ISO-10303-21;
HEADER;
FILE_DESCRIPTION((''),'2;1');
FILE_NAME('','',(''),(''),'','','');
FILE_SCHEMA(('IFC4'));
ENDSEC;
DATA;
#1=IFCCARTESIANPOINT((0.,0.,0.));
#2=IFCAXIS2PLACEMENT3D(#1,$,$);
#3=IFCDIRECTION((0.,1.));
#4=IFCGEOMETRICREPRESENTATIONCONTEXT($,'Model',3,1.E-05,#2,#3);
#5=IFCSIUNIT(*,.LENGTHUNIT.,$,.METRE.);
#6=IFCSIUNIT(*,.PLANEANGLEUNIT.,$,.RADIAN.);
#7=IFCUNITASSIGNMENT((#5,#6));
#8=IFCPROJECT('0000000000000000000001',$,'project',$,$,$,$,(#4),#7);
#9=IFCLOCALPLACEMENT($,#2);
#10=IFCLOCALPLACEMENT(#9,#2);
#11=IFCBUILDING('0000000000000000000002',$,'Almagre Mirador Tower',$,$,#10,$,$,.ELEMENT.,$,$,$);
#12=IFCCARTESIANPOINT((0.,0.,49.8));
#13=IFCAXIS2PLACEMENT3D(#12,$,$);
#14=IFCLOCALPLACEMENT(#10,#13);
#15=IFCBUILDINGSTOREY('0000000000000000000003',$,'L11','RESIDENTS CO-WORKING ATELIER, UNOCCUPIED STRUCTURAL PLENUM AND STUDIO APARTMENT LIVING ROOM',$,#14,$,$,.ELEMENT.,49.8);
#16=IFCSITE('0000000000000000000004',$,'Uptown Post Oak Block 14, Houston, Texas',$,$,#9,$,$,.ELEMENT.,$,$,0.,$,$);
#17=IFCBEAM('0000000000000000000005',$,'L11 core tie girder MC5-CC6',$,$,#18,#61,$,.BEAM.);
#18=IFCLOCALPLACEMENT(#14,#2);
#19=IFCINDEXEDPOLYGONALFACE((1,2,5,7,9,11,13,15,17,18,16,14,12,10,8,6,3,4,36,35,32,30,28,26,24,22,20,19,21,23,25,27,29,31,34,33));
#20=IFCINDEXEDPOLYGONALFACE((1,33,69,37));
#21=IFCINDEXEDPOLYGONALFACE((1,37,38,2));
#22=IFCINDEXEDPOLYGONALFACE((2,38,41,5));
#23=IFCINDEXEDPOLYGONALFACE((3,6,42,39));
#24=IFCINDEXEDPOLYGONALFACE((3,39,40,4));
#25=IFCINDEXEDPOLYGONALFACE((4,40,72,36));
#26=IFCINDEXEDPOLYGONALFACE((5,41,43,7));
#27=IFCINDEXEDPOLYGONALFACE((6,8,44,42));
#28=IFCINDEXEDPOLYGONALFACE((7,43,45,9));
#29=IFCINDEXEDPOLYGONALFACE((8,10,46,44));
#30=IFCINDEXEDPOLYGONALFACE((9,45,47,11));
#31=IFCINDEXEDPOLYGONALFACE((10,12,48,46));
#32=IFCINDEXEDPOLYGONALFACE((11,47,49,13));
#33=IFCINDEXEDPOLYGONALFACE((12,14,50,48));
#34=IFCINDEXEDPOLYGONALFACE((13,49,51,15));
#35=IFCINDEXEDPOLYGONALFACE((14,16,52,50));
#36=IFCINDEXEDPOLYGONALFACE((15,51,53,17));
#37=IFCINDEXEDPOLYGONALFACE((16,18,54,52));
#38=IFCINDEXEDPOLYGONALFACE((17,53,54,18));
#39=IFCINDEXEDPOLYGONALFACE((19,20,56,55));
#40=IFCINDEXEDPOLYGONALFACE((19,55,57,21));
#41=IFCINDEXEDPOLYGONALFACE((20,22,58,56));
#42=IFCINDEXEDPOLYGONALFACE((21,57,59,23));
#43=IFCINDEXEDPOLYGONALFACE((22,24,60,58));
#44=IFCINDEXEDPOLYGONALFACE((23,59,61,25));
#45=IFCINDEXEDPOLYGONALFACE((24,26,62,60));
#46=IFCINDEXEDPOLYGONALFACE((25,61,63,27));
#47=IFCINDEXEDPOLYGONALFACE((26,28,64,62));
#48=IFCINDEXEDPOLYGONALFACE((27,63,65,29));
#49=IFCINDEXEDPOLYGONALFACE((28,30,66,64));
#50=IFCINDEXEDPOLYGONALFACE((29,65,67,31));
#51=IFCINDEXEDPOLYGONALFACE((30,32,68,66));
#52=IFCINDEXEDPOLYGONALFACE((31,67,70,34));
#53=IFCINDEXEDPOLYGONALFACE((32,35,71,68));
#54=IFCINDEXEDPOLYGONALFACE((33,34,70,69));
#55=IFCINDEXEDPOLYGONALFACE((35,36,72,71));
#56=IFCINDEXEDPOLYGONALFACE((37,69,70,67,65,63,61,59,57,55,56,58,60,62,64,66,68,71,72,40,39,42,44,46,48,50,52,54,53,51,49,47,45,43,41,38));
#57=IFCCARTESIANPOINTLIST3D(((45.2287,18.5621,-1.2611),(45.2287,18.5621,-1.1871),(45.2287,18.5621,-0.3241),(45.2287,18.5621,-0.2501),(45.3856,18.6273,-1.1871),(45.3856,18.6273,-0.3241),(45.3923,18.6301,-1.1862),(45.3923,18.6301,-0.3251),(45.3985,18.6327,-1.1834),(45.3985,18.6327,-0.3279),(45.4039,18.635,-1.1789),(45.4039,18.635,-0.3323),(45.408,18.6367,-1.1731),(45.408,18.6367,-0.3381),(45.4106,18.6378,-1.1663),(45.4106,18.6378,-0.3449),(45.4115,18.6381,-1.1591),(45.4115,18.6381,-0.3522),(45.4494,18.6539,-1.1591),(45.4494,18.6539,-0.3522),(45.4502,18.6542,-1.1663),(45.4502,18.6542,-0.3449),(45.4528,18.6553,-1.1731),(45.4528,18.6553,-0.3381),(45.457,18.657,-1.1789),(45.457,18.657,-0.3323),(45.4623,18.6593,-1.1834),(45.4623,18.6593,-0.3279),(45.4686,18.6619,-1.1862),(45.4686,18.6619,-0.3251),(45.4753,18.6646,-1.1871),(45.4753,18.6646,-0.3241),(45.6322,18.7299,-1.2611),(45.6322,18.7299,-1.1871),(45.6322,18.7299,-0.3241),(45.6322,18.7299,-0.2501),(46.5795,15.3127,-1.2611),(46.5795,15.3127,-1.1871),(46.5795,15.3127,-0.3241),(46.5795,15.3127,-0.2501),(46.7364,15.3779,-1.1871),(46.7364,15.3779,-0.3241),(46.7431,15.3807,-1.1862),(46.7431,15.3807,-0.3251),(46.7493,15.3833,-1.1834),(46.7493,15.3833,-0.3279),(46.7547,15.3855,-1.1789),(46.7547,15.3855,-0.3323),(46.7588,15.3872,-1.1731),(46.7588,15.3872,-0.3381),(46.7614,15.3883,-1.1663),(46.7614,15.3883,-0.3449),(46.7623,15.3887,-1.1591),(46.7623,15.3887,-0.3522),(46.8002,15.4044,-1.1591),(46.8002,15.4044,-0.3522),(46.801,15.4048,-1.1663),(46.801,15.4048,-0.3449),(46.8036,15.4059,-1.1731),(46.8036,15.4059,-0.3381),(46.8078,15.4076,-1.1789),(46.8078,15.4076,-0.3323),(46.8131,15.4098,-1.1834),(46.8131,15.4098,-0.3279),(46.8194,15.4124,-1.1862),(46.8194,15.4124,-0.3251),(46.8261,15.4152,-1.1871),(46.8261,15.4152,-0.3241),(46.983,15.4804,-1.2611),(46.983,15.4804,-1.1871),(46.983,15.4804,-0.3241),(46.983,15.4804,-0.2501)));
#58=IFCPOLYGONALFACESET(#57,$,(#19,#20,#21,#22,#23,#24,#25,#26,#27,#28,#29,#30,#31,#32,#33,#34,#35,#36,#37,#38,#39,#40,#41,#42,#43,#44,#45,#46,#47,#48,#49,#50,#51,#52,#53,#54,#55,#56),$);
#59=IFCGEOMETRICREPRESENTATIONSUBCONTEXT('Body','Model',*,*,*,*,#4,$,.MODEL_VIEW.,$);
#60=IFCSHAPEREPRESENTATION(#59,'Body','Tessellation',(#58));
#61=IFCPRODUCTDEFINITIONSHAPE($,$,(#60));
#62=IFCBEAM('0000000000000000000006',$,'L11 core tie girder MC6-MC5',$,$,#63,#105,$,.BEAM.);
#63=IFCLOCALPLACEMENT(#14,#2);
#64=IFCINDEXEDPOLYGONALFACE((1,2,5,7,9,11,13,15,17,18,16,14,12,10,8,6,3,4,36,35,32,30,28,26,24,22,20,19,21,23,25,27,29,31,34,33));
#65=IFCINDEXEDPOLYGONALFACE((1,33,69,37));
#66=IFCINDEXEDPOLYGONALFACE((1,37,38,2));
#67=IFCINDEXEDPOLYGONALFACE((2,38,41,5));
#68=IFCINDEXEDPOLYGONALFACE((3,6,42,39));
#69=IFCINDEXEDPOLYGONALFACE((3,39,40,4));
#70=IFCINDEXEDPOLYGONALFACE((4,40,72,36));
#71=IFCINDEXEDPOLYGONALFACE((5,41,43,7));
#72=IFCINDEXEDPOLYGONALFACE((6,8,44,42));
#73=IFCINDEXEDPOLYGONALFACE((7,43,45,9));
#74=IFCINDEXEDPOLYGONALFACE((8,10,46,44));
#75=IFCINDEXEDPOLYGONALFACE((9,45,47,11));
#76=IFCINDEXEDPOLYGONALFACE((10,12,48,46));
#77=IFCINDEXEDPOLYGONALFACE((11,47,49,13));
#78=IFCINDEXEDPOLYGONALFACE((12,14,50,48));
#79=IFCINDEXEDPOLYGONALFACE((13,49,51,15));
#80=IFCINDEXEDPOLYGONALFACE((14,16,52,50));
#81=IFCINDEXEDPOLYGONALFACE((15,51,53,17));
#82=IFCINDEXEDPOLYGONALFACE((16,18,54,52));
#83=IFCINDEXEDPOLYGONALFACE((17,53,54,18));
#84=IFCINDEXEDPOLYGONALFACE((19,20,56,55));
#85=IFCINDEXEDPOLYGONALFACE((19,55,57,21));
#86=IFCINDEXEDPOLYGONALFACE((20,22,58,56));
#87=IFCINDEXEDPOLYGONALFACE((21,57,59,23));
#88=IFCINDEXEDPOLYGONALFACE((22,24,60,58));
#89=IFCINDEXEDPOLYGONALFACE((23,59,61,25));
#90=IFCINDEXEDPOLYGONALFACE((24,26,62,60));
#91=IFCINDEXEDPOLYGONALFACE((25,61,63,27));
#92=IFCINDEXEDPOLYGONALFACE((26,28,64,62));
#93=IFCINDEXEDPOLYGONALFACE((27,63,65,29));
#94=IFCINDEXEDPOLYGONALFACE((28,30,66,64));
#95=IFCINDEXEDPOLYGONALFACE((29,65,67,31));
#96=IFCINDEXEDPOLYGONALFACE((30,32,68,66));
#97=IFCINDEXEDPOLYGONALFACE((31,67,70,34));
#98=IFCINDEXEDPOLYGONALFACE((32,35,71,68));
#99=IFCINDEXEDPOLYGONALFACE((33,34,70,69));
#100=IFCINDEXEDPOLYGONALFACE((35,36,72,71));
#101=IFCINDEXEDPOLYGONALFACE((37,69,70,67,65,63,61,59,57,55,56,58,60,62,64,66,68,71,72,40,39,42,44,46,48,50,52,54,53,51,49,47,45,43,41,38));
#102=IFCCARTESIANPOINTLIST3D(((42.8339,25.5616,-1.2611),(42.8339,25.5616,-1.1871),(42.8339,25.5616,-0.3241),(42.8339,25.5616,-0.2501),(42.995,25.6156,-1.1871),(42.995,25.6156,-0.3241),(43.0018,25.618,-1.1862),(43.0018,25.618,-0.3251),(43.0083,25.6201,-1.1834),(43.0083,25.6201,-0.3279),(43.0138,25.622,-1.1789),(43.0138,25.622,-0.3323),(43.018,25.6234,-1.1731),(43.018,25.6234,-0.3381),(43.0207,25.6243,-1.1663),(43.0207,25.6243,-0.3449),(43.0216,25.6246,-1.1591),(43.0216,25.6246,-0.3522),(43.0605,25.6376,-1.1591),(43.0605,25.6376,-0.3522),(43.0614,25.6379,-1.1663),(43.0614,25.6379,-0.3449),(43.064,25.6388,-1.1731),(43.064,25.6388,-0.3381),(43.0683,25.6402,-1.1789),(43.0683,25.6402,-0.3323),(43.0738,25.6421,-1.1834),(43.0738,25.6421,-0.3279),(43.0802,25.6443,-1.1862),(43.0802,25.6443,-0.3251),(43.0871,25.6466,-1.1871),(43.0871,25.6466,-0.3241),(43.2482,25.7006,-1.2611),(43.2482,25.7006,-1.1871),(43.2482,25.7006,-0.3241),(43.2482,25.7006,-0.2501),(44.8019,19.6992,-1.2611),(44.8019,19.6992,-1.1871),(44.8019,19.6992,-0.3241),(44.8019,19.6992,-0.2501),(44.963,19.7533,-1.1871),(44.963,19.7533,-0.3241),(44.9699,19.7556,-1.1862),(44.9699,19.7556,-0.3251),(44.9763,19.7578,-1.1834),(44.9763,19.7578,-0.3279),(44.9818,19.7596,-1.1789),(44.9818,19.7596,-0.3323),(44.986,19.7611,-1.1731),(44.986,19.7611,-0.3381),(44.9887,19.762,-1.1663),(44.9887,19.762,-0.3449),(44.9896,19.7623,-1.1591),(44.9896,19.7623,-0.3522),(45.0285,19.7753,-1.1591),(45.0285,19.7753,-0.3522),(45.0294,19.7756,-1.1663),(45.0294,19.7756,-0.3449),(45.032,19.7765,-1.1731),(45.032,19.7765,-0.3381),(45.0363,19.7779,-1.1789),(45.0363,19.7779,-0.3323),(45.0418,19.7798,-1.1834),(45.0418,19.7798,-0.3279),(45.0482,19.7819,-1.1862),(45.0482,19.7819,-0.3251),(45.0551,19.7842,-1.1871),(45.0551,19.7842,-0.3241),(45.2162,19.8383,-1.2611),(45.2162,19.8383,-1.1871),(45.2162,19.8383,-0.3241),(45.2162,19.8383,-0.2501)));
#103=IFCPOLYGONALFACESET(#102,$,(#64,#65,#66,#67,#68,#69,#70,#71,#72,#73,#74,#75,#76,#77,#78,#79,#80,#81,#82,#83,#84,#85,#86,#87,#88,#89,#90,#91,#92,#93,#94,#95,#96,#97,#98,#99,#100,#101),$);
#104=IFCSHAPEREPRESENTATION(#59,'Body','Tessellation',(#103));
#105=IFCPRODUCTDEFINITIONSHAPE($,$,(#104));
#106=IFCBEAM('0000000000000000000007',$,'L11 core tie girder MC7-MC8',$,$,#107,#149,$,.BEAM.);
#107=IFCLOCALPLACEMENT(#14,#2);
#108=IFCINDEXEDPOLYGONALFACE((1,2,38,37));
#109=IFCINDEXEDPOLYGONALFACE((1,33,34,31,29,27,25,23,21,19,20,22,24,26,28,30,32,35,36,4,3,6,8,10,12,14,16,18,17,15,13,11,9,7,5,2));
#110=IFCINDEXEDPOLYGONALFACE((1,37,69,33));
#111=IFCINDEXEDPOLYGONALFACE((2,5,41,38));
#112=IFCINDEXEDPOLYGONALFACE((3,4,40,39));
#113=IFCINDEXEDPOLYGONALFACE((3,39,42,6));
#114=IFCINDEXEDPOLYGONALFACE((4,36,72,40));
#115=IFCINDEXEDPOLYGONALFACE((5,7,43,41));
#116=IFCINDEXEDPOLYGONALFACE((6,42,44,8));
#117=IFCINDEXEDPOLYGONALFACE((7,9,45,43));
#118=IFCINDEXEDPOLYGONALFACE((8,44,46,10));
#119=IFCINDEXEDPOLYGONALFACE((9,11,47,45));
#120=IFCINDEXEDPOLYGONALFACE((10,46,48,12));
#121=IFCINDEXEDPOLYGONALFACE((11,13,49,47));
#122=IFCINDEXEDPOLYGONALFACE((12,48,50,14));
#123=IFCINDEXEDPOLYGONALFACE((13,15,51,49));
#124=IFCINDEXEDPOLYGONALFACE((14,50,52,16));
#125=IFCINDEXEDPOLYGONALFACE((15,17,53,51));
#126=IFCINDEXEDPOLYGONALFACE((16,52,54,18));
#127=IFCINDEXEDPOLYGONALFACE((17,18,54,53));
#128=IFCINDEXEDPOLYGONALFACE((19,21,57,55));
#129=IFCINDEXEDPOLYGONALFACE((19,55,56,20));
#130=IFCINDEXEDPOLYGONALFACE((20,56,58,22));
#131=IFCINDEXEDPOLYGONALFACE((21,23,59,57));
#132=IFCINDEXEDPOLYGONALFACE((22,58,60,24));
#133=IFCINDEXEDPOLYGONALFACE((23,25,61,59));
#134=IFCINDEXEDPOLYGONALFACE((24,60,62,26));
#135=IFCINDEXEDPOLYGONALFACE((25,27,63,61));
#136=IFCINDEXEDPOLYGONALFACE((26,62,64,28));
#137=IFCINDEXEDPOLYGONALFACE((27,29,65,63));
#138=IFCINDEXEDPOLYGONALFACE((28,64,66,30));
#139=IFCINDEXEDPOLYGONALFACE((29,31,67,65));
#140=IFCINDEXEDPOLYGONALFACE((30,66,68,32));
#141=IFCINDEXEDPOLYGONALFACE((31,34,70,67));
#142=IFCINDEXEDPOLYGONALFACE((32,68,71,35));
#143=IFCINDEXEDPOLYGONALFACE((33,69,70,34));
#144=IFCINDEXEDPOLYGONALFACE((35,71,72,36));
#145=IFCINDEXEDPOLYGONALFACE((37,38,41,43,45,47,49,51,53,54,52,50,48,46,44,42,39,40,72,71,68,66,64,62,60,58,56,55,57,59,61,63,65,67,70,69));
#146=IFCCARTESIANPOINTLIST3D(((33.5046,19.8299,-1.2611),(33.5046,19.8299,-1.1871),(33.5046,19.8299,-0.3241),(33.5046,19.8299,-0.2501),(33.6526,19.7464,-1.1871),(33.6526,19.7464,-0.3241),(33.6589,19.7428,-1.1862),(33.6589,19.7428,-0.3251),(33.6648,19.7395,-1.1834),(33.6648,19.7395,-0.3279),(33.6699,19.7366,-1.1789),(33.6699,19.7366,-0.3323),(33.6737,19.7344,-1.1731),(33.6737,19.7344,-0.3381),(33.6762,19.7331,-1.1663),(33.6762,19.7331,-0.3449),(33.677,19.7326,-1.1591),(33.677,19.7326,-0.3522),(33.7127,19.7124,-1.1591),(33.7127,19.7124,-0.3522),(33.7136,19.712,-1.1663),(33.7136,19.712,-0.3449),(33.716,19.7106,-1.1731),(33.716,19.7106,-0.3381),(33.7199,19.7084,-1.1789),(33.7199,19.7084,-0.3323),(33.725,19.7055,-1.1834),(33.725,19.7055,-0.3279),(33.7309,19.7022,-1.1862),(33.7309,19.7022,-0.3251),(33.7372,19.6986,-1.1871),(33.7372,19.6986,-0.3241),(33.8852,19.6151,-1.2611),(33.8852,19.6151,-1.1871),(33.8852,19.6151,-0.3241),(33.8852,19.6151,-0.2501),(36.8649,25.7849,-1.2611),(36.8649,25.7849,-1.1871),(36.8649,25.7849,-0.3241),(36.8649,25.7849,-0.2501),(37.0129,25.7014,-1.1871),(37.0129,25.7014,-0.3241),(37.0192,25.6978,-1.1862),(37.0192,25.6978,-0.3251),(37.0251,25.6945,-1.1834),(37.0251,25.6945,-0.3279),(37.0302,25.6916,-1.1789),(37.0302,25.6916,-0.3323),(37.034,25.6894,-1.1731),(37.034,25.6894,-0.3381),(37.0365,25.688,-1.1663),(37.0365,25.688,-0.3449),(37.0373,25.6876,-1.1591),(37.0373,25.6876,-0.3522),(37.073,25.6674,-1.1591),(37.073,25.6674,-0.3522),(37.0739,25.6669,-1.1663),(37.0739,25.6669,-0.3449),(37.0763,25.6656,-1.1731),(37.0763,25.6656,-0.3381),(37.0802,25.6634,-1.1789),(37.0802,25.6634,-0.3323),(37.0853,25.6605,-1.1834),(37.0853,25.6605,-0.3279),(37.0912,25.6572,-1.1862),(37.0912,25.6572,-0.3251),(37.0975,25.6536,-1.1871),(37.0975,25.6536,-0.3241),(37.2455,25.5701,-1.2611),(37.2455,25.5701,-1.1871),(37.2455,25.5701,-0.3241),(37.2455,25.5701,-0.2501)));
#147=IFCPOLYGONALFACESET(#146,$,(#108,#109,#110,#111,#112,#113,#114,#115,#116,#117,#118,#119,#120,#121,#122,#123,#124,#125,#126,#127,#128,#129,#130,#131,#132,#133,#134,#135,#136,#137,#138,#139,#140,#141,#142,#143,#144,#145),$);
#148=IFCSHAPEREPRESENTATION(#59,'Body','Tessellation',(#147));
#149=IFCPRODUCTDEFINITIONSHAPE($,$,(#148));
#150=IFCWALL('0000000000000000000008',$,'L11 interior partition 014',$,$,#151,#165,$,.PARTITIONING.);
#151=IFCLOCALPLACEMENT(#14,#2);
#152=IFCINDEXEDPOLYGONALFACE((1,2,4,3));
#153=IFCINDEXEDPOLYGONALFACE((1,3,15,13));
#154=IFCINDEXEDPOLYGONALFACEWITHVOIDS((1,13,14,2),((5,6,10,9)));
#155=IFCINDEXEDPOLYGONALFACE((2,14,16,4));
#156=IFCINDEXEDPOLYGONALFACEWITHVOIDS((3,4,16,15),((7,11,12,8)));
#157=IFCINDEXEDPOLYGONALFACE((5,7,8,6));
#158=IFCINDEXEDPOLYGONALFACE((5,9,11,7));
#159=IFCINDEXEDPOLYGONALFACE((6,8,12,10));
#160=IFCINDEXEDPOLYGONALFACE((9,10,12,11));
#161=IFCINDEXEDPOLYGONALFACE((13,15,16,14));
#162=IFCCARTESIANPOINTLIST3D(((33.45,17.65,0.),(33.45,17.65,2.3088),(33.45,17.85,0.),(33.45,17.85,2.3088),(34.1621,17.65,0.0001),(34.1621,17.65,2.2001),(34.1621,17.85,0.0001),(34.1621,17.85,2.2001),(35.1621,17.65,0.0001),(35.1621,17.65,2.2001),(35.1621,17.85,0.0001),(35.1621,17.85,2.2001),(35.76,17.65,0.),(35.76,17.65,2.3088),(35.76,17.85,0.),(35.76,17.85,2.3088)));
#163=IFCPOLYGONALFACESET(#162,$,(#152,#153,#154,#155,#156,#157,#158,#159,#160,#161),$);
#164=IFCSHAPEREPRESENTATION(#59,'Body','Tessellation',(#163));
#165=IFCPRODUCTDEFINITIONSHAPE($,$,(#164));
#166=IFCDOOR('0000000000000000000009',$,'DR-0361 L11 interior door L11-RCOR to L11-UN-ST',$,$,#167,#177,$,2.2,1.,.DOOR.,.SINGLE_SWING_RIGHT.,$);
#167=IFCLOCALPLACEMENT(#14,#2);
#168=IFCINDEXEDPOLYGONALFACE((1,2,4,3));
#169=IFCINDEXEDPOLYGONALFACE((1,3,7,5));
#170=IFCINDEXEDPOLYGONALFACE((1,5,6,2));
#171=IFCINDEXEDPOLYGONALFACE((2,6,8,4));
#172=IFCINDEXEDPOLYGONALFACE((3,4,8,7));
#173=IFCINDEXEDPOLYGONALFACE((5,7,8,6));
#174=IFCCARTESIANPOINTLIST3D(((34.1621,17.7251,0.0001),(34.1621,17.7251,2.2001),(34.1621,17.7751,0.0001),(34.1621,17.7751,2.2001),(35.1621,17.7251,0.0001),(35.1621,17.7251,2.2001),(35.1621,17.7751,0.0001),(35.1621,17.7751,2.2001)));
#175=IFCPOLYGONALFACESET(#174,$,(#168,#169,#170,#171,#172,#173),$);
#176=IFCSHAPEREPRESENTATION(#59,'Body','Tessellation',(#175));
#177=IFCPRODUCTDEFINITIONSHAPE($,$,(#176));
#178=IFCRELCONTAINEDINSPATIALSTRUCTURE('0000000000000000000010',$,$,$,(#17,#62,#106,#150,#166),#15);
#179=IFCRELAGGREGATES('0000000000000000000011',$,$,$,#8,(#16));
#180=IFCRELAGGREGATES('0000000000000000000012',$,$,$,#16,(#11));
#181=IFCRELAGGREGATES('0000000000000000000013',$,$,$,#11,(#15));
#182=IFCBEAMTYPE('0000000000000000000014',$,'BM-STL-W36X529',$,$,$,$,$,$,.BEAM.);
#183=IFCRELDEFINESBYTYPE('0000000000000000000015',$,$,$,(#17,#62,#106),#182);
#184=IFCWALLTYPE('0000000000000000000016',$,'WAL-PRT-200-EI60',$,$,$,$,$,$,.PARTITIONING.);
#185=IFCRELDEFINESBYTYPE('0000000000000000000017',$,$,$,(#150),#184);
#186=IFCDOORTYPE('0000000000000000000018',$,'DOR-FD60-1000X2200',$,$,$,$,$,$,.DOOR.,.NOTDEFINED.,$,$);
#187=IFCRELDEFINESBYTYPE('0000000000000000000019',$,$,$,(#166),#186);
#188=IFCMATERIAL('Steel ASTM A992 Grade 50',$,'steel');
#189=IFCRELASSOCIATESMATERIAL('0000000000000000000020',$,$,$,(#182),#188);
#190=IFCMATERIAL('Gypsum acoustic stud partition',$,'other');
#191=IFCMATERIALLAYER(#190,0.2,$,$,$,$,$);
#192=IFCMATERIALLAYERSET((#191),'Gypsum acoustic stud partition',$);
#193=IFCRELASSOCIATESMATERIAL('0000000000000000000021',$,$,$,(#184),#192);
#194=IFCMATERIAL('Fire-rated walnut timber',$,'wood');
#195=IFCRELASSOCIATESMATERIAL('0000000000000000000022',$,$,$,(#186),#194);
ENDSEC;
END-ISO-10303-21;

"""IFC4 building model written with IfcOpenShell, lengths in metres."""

from ifc_helpers import new_model, si_unit, direction, frame, frame_2d, origin, origin_2d, place, context, subcontext, project, spatial, rectangle, i_section, extrude, material, layer, layer_set, material_profile, profile_set, type_object, element, fill, save


model = new_model("IFC4")

# Units and contexts
model_context = context("Model", 3, precision=1e-05, world=origin(), true_north=direction((0.0, 1.0)))
body_context = subcontext(model_context, "Body", "Model", "MODEL_VIEW")
ifc_project = project(units=[si_unit("LENGTHUNIT", "METRE"), si_unit("PLANEANGLEUNIT", "RADIAN")], contexts=[model_context])

# Site, building, storey
site_placement = place(None, origin())
site = spatial("IfcSite", under=ifc_project, at=site_placement, Name="Uptown Post Oak Block 14, Houston, Texas", CompositionType="ELEMENT", RefElevation=0.0)
building_placement = place(site_placement, origin())
building = spatial("IfcBuilding", under=site, at=building_placement, Name="Almagre Mirador Tower", CompositionType="ELEMENT")
storey_placement = place(building_placement, frame((0.0, 0.0, 49.8)))
storey = spatial("IfcBuildingStorey", under=building, at=storey_placement, Name="L11", Description="RESIDENTS CO-WORKING ATELIER, UNOCCUPIED STRUCTURAL PLENUM AND STUDIO APARTMENT LIVING ROOM", CompositionType="ELEMENT", Elevation=49.8)

# Beams
ifc_material_1 = material(Name="Steel ASTM A992 Grade 50", Category="steel")
ifc_material_profile_1 = material_profile(ifc_material_1, i_section(OverallWidth=0.437, OverallDepth=1.011, WebThickness=0.041, FlangeThickness=0.074, FilletRadius=0.0281, at=origin_2d()), Name="W36X529")
ifc_profile_set_1 = profile_set([ifc_material_profile_1], Name="Steel ASTM A992 Grade 50")
beam_type_1 = type_object("IfcBeamType", Name="BM-STL-W36X529", PredefinedType="BEAM", material=ifc_profile_set_1)
beam_1_placement = place(storey_placement, frame((45.4304, 18.646, -0.7556), z_axis=(0.383857, -0.923393, 0.0), x_axis=(0.923393, 0.383857, 0.0)))
element("IfcBeam", 1, at=beam_1_placement, inside=storey, type_object=beam_type_1, Name="L11 core tie girder MC5-CC6", PredefinedType="BEAM", context=body_context, shape_type="SweptSolid", body=[
    extrude(i_section(OverallWidth=0.437, OverallDepth=1.011, WebThickness=0.041, FlangeThickness=0.074, FilletRadius=0.0281, at=origin_2d()), origin(), (0.0, 0.0, 1.0), 3.519),
])
beam_2_placement = place(storey_placement, frame((43.041, 25.6311, -0.7556), z_axis=(0.318252, -0.948006, 0.0), x_axis=(0.948006, 0.318252, 0.0)))
element("IfcBeam", 2, at=beam_2_placement, inside=storey, type_object=beam_type_1, Name="L11 core tie girder MC6-MC5", PredefinedType="BEAM", context=body_context, shape_type="SweptSolid", body=[
    extrude(i_section(OverallWidth=0.437, OverallDepth=1.011, WebThickness=0.041, FlangeThickness=0.074, FilletRadius=0.0281, at=origin_2d()), origin(), (0.0, 0.0, 1.0), 6.1838),
])
beam_3_placement = place(storey_placement, frame((37.0552, 25.6775, -0.7556), z_axis=(-0.491441, -0.870911, 0.0), x_axis=(0.870911, -0.491441, 0.0)))
element("IfcBeam", 3, at=beam_3_placement, inside=storey, type_object=beam_type_1, Name="L11 core tie girder MC7-MC8", PredefinedType="BEAM", context=body_context, shape_type="SweptSolid", body=[
    extrude(i_section(OverallWidth=0.437, OverallDepth=1.011, WebThickness=0.041, FlangeThickness=0.074, FilletRadius=0.0281, at=origin_2d()), origin(), (0.0, 0.0, 1.0), 6.8376),
])

# Wall, opening, door
ifc_material_2 = material(Name="Gypsum acoustic stud partition", Category="other")
ifc_layer = layer(ifc_material_2, 0.2)
ifc_layer_set = layer_set([ifc_layer], Name="Gypsum acoustic stud partition")
wall_type = type_object("IfcWallType", Name="WAL-PRT-200-EI60", PredefinedType="PARTITIONING", material=ifc_layer_set)
wall_1_placement = place(storey_placement, frame((35.76, 17.75, 0.0), z_axis=(0.0, 0.0, 1.0), x_axis=(-1.0, 0.0, 0.0)))
wall_1 = element("IfcWall", 4, at=wall_1_placement, inside=storey, type_object=wall_type, Name="L11 interior partition 014", PredefinedType="PARTITIONING", context=body_context, shape_type="SweptSolid", body=[
    extrude(rectangle(XDim=2.3101, YDim=0.2, at=frame_2d((1.155, 0.0))), origin(), (0.0, 0.0, 1.0), 2.3088),
])
opening_1_placement = place(wall_1_placement, frame((0.5979, 0.0, 0.0)))
opening_1 = element("IfcOpeningElement", 5, at=opening_1_placement, cuts=wall_1, PredefinedType="OPENING", context=body_context, shape_type="SweptSolid", body=[
    extrude(rectangle(XDim=1.0, YDim=2.2, at=frame_2d((0.5, 1.1001))), frame((0.0, 0.1101, 0.0), z_axis=(0.0, -1.0, 0.0), x_axis=(1.0, 0.0, 0.0)), (0.0, 0.0, 1.0), 0.22),
])
ifc_material_3 = material(Name="Fire-rated walnut timber", Category="wood")
door_type_1 = type_object("IfcDoorType", Name="DOR-FD60-1000X2200", OperationType="NOTDEFINED", PredefinedType="DOOR", material=ifc_material_3)
door_1_placement = place(opening_1_placement, origin())
door_1 = element("IfcDoor", 6, at=door_1_placement, inside=storey, type_object=door_type_1, Name="DR-0361 L11 interior door L11-RCOR to L11-UN-ST", OperationType="SINGLE_SWING_RIGHT", OverallHeight=2.2, OverallWidth=1.0, PredefinedType="DOOR", context=body_context, shape_type="SweptSolid", body=[
    extrude(rectangle(XDim=1.0, YDim=2.2, at=frame_2d((0.5, 1.1001))), frame((0.0, 0.0249, 0.0), z_axis=(0.0, -1.0, 0.0), x_axis=(1.0, 0.0, 0.0)), (0.0, 0.0, 1.0), 0.05),
])
fill(opening_1, door_1)

save(model, "model.ifc")
